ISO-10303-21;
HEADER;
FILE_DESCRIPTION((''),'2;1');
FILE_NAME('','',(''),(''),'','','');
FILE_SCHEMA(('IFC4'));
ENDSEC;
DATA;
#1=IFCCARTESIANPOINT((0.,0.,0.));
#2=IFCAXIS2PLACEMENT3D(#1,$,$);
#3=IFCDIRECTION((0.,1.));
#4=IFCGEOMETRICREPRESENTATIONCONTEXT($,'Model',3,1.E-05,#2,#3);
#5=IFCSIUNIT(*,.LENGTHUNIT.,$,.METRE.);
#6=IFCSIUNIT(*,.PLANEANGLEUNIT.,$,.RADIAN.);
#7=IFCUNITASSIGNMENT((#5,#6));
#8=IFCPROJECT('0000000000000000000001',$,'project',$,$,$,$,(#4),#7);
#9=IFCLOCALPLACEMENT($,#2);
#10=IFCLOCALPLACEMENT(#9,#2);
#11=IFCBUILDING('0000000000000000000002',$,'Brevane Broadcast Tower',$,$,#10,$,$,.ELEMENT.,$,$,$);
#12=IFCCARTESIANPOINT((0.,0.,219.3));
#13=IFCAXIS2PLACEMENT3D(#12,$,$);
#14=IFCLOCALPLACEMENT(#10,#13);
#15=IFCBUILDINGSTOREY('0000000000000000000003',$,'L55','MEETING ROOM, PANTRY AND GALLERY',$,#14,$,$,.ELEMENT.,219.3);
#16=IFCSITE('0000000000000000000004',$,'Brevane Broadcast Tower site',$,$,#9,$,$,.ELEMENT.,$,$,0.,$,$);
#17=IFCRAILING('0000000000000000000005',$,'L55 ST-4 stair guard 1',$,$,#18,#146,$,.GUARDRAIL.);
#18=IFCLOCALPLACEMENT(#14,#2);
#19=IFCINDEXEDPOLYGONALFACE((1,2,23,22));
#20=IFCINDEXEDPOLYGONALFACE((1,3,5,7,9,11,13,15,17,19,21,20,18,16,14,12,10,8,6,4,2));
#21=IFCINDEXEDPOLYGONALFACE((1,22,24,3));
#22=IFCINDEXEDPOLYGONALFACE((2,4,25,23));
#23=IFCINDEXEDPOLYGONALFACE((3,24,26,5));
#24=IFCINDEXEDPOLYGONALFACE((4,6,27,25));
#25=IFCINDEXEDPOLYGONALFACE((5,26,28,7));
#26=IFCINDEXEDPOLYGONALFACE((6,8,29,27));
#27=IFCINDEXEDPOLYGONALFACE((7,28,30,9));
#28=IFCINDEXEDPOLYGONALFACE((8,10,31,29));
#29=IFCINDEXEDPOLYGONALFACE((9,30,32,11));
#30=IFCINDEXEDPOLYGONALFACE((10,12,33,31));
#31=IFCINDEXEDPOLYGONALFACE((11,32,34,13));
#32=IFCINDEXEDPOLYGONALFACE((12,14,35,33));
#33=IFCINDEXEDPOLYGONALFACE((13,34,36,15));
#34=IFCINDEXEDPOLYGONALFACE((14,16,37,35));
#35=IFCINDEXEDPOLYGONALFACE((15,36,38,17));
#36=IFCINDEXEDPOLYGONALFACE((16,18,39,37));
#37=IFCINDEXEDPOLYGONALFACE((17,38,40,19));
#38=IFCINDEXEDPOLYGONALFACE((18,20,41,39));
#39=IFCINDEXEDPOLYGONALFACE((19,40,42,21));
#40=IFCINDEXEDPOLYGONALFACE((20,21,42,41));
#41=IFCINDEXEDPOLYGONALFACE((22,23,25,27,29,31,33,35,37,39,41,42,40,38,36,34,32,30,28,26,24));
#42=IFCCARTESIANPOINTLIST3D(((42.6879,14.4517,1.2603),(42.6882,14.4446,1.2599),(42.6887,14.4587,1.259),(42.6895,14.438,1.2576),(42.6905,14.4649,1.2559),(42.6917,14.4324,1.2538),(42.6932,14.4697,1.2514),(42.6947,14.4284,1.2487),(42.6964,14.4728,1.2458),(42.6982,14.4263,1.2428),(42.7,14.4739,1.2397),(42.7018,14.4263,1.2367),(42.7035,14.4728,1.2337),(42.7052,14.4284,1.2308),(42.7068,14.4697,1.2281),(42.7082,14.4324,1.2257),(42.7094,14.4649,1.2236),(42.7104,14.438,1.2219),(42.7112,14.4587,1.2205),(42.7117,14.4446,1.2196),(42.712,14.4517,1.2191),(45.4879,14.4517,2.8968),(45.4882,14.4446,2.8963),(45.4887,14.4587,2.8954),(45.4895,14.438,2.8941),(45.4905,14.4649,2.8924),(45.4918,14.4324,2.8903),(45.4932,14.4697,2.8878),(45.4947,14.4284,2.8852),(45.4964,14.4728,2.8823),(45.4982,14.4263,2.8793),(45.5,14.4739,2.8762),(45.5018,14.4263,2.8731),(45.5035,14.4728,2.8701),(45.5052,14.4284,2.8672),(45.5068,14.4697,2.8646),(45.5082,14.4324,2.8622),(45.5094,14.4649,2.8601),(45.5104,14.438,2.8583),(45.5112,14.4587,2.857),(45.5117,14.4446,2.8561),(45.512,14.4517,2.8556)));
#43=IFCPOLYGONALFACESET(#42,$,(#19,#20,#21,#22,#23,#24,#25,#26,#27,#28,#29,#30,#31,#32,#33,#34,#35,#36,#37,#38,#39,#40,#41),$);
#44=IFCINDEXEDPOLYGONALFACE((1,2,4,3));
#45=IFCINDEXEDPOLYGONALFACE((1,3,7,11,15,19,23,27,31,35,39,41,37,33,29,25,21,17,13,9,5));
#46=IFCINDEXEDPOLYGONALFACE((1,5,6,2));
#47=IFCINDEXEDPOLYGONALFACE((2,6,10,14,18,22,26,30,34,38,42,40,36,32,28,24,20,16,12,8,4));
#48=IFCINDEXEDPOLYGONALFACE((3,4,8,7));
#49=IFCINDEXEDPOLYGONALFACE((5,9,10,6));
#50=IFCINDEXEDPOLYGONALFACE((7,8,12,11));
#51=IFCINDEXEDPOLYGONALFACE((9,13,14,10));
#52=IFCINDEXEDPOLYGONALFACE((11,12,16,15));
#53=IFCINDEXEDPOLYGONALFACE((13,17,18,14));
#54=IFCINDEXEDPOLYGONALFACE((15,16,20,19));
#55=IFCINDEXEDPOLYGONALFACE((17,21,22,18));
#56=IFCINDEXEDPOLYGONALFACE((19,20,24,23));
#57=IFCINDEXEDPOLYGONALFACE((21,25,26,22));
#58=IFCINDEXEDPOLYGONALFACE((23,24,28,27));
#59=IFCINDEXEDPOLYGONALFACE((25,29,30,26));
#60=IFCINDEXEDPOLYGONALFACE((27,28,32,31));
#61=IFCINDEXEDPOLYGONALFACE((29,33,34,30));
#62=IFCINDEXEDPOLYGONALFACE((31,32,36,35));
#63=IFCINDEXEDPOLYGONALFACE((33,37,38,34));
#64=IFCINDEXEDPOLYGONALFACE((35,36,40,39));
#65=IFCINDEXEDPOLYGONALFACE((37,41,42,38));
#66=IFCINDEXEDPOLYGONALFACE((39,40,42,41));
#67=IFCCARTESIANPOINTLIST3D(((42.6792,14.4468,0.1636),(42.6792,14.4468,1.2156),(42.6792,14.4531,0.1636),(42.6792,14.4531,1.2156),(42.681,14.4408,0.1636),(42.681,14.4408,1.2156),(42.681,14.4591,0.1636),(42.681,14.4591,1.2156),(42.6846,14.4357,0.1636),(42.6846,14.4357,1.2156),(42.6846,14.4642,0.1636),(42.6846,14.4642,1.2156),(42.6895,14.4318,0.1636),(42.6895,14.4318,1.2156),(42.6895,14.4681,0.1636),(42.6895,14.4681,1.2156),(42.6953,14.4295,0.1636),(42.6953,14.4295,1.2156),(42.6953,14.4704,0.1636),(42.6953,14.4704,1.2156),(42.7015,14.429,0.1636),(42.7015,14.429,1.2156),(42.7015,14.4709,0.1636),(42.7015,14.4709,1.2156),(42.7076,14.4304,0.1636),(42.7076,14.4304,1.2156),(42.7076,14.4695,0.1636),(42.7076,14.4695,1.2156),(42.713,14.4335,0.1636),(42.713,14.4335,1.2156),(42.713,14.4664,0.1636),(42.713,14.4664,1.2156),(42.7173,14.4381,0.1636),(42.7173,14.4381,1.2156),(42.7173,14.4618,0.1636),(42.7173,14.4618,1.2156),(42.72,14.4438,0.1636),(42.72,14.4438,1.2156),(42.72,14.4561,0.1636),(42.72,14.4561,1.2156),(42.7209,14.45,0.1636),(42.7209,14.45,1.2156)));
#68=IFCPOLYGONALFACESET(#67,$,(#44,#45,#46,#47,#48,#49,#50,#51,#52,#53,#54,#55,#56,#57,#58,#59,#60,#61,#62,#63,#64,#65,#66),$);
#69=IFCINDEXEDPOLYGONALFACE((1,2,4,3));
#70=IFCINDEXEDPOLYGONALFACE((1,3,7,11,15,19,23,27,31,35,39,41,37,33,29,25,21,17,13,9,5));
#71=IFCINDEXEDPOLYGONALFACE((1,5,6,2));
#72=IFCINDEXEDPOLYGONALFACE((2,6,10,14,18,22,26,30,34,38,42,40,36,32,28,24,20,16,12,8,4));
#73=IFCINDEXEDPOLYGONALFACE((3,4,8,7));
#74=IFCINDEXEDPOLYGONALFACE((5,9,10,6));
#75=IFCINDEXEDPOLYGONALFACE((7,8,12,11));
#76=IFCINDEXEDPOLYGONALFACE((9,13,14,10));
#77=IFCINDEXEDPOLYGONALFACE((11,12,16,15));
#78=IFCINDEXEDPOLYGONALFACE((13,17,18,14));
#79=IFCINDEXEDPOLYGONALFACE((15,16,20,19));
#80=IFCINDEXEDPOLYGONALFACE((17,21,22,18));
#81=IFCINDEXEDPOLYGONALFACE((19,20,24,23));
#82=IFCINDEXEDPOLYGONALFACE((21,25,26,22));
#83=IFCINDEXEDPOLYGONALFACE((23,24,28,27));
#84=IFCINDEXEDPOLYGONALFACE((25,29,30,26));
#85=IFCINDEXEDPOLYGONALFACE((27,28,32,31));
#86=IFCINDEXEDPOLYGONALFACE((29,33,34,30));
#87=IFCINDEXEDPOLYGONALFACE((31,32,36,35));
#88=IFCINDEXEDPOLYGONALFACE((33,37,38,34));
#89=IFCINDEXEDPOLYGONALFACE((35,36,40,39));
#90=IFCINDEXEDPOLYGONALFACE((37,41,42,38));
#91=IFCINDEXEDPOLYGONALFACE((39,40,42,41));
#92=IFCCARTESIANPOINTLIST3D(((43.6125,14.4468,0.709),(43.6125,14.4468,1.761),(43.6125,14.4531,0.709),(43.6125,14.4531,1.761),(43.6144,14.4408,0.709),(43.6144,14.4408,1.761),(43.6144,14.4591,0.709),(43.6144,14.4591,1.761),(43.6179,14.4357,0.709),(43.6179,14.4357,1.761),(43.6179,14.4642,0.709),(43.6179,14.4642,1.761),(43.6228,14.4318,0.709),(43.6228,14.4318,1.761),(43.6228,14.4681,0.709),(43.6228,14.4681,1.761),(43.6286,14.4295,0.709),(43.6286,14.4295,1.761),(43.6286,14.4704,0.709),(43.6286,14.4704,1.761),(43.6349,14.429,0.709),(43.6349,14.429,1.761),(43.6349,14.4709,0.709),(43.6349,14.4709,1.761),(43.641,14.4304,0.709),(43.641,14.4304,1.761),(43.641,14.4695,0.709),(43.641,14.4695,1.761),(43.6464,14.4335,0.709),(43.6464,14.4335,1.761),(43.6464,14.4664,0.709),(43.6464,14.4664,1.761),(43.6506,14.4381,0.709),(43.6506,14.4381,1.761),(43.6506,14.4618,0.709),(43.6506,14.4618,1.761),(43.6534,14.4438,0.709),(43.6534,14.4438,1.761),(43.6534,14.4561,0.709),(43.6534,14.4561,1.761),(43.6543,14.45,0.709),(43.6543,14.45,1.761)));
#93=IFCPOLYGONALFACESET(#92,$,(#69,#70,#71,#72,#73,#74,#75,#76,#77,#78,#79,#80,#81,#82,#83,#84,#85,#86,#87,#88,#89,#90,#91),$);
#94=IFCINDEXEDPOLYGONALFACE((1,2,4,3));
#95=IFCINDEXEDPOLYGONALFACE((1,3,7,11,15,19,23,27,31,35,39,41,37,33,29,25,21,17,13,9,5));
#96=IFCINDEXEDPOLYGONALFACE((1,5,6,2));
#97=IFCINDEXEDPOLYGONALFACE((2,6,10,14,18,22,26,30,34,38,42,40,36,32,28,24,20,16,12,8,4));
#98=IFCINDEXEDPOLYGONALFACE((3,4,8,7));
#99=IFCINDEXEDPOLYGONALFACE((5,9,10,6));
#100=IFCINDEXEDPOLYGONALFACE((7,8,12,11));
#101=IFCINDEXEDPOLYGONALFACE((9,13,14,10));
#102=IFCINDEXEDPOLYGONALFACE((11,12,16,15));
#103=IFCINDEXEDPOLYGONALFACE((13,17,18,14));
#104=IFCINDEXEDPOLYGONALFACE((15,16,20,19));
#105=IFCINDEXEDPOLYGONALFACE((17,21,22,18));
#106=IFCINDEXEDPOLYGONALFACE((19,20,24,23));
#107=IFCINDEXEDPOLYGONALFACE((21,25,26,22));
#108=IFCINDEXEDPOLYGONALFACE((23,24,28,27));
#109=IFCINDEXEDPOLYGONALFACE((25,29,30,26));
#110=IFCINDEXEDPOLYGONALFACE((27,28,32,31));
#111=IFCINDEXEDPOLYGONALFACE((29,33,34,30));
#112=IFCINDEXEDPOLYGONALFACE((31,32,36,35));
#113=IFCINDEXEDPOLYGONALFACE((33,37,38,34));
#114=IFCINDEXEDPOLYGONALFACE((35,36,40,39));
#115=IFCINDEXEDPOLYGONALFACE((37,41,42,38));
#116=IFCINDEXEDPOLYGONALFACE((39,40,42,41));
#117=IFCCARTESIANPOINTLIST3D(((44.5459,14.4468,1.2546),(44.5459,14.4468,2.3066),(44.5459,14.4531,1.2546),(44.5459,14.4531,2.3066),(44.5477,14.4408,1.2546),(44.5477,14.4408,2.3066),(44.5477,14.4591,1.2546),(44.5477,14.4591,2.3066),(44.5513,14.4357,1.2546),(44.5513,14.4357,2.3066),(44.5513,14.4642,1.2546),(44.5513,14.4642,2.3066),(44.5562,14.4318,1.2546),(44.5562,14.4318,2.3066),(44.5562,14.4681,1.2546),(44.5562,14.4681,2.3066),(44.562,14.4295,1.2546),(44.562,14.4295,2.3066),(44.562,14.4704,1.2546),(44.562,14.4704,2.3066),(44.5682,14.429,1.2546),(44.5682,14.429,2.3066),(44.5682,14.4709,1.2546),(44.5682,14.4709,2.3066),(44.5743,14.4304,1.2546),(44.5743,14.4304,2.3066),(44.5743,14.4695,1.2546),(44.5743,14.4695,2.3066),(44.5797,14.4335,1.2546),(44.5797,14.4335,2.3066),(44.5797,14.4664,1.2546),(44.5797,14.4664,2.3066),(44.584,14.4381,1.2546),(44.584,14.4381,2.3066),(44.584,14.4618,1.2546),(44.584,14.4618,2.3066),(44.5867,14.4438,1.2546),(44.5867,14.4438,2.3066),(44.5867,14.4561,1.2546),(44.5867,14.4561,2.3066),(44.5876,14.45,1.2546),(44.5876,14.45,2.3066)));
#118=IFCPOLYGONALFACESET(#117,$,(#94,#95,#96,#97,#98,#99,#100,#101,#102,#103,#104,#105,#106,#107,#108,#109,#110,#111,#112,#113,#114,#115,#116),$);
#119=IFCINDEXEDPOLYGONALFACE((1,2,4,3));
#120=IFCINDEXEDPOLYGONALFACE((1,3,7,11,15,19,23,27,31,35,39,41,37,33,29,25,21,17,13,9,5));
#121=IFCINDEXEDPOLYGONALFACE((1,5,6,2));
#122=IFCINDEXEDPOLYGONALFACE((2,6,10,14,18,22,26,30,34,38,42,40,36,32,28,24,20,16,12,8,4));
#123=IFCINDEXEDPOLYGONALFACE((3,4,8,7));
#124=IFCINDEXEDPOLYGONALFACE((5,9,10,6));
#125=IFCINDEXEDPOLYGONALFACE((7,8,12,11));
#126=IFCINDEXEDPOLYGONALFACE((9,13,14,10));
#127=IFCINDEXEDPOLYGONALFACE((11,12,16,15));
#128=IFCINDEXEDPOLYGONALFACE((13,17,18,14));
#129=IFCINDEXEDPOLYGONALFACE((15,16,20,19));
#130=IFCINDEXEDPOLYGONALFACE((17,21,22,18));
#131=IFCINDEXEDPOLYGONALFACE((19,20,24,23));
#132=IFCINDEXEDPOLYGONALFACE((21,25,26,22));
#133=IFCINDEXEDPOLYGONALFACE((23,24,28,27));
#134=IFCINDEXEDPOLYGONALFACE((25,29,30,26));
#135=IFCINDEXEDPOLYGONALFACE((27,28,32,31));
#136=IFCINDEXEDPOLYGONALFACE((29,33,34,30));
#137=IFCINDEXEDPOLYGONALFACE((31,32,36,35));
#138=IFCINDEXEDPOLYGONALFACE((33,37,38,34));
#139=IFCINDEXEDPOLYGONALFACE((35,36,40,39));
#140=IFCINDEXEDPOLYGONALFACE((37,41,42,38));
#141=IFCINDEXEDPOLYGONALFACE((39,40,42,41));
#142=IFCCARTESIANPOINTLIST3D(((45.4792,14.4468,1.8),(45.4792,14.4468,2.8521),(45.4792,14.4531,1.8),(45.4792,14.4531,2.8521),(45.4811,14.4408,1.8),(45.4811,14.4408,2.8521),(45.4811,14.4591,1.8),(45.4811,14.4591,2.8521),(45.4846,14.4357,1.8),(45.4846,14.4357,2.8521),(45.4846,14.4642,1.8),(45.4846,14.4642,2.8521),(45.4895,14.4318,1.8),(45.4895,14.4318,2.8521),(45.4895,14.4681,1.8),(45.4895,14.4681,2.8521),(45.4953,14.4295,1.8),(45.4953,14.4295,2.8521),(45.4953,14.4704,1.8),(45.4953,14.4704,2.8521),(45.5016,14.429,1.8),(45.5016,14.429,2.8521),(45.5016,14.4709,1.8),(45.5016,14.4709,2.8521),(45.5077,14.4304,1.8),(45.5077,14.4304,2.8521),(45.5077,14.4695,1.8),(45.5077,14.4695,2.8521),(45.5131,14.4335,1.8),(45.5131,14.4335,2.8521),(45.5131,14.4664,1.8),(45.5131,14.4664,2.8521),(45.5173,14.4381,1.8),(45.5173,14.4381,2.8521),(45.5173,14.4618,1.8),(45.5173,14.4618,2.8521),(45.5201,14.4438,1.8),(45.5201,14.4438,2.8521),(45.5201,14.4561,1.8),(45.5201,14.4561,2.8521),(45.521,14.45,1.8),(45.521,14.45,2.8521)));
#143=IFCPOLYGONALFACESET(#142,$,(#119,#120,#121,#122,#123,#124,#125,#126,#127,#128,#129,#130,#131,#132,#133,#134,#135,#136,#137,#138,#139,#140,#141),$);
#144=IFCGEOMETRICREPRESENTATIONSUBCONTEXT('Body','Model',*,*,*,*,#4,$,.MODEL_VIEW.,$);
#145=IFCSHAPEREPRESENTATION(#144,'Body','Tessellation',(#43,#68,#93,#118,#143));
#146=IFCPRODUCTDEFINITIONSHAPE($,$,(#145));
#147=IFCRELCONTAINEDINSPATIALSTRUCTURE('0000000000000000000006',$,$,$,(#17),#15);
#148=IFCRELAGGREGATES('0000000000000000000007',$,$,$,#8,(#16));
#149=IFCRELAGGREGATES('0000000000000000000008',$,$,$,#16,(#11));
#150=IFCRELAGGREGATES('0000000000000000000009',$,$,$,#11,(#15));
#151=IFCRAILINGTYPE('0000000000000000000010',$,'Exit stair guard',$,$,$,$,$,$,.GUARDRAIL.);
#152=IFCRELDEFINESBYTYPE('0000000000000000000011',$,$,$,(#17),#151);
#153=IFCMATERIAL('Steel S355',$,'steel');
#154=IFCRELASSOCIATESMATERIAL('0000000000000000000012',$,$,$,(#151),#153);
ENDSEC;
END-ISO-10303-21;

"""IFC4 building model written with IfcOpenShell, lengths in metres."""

from ifc_helpers import new_model, si_unit, direction, frame, origin, origin_2d, place, context, subcontext, project, spatial, circle, extrude, material, type_object, element, save


model = new_model("IFC4")

# Units and contexts
model_context = context("Model", 3, precision=1e-05, world=origin(), true_north=direction((0.0, 1.0)))
body_context = subcontext(model_context, "Body", "Model", "MODEL_VIEW")
ifc_project = project(units=[si_unit("LENGTHUNIT", "METRE"), si_unit("PLANEANGLEUNIT", "RADIAN")], contexts=[model_context])

# Site, building, storey
site_placement = place(None, origin())
site = spatial("IfcSite", under=ifc_project, at=site_placement, Name="Brevane Broadcast Tower site", CompositionType="ELEMENT", RefElevation=0.0)
building_placement = place(site_placement, origin())
building = spatial("IfcBuilding", under=site, at=building_placement, Name="Brevane Broadcast Tower", CompositionType="ELEMENT")
storey_placement = place(building_placement, frame((0.0, 0.0, 219.3)))
storey = spatial("IfcBuildingStorey", under=building, at=storey_placement, Name="L55", Description="MEETING ROOM, PANTRY AND GALLERY", CompositionType="ELEMENT", Elevation=219.3)

# Railing
ifc_material_1 = material(Name="Steel S355", Category="steel")
railing_type_1 = type_object("IfcRailingType", Name="Exit stair guard", PredefinedType="GUARDRAIL", material=ifc_material_1)
railing_1_placement = place(storey_placement, frame((42.7, 14.45, 0.1636)))
element("IfcRailing", 1, at=railing_1_placement, inside=storey, type_object=railing_type_1, Name="L55 ST-4 stair guard 1", PredefinedType="GUARDRAIL", context=body_context, shape_type="SweptSolid", body=[
    extrude(circle(Radius=0.0239, at=origin_2d()), frame((0.0, 0.0, 1.0762), z_axis=(0.863361, 0.0, 0.504587), x_axis=(0.0, 1.0, 0.0)), (0.0, 0.0, 1.0), 3.2432),
    extrude(circle(Radius=0.021, at=origin_2d()), origin(), (0.0, 0.0, 1.0), 1.052),
    extrude(circle(Radius=0.021, at=origin_2d()), frame((0.9333, 0.0, 0.5454)), (0.0, 0.0, 1.0), 1.052),
    extrude(circle(Radius=0.021, at=origin_2d()), frame((1.8667, 0.0, 1.0911)), (0.0, 0.0, 1.0), 1.052),
    extrude(circle(Radius=0.021, at=origin_2d()), frame((2.8, 0.0, 1.6365)), (0.0, 0.0, 1.0), 1.052),
])

save(model, "model.ifc")
